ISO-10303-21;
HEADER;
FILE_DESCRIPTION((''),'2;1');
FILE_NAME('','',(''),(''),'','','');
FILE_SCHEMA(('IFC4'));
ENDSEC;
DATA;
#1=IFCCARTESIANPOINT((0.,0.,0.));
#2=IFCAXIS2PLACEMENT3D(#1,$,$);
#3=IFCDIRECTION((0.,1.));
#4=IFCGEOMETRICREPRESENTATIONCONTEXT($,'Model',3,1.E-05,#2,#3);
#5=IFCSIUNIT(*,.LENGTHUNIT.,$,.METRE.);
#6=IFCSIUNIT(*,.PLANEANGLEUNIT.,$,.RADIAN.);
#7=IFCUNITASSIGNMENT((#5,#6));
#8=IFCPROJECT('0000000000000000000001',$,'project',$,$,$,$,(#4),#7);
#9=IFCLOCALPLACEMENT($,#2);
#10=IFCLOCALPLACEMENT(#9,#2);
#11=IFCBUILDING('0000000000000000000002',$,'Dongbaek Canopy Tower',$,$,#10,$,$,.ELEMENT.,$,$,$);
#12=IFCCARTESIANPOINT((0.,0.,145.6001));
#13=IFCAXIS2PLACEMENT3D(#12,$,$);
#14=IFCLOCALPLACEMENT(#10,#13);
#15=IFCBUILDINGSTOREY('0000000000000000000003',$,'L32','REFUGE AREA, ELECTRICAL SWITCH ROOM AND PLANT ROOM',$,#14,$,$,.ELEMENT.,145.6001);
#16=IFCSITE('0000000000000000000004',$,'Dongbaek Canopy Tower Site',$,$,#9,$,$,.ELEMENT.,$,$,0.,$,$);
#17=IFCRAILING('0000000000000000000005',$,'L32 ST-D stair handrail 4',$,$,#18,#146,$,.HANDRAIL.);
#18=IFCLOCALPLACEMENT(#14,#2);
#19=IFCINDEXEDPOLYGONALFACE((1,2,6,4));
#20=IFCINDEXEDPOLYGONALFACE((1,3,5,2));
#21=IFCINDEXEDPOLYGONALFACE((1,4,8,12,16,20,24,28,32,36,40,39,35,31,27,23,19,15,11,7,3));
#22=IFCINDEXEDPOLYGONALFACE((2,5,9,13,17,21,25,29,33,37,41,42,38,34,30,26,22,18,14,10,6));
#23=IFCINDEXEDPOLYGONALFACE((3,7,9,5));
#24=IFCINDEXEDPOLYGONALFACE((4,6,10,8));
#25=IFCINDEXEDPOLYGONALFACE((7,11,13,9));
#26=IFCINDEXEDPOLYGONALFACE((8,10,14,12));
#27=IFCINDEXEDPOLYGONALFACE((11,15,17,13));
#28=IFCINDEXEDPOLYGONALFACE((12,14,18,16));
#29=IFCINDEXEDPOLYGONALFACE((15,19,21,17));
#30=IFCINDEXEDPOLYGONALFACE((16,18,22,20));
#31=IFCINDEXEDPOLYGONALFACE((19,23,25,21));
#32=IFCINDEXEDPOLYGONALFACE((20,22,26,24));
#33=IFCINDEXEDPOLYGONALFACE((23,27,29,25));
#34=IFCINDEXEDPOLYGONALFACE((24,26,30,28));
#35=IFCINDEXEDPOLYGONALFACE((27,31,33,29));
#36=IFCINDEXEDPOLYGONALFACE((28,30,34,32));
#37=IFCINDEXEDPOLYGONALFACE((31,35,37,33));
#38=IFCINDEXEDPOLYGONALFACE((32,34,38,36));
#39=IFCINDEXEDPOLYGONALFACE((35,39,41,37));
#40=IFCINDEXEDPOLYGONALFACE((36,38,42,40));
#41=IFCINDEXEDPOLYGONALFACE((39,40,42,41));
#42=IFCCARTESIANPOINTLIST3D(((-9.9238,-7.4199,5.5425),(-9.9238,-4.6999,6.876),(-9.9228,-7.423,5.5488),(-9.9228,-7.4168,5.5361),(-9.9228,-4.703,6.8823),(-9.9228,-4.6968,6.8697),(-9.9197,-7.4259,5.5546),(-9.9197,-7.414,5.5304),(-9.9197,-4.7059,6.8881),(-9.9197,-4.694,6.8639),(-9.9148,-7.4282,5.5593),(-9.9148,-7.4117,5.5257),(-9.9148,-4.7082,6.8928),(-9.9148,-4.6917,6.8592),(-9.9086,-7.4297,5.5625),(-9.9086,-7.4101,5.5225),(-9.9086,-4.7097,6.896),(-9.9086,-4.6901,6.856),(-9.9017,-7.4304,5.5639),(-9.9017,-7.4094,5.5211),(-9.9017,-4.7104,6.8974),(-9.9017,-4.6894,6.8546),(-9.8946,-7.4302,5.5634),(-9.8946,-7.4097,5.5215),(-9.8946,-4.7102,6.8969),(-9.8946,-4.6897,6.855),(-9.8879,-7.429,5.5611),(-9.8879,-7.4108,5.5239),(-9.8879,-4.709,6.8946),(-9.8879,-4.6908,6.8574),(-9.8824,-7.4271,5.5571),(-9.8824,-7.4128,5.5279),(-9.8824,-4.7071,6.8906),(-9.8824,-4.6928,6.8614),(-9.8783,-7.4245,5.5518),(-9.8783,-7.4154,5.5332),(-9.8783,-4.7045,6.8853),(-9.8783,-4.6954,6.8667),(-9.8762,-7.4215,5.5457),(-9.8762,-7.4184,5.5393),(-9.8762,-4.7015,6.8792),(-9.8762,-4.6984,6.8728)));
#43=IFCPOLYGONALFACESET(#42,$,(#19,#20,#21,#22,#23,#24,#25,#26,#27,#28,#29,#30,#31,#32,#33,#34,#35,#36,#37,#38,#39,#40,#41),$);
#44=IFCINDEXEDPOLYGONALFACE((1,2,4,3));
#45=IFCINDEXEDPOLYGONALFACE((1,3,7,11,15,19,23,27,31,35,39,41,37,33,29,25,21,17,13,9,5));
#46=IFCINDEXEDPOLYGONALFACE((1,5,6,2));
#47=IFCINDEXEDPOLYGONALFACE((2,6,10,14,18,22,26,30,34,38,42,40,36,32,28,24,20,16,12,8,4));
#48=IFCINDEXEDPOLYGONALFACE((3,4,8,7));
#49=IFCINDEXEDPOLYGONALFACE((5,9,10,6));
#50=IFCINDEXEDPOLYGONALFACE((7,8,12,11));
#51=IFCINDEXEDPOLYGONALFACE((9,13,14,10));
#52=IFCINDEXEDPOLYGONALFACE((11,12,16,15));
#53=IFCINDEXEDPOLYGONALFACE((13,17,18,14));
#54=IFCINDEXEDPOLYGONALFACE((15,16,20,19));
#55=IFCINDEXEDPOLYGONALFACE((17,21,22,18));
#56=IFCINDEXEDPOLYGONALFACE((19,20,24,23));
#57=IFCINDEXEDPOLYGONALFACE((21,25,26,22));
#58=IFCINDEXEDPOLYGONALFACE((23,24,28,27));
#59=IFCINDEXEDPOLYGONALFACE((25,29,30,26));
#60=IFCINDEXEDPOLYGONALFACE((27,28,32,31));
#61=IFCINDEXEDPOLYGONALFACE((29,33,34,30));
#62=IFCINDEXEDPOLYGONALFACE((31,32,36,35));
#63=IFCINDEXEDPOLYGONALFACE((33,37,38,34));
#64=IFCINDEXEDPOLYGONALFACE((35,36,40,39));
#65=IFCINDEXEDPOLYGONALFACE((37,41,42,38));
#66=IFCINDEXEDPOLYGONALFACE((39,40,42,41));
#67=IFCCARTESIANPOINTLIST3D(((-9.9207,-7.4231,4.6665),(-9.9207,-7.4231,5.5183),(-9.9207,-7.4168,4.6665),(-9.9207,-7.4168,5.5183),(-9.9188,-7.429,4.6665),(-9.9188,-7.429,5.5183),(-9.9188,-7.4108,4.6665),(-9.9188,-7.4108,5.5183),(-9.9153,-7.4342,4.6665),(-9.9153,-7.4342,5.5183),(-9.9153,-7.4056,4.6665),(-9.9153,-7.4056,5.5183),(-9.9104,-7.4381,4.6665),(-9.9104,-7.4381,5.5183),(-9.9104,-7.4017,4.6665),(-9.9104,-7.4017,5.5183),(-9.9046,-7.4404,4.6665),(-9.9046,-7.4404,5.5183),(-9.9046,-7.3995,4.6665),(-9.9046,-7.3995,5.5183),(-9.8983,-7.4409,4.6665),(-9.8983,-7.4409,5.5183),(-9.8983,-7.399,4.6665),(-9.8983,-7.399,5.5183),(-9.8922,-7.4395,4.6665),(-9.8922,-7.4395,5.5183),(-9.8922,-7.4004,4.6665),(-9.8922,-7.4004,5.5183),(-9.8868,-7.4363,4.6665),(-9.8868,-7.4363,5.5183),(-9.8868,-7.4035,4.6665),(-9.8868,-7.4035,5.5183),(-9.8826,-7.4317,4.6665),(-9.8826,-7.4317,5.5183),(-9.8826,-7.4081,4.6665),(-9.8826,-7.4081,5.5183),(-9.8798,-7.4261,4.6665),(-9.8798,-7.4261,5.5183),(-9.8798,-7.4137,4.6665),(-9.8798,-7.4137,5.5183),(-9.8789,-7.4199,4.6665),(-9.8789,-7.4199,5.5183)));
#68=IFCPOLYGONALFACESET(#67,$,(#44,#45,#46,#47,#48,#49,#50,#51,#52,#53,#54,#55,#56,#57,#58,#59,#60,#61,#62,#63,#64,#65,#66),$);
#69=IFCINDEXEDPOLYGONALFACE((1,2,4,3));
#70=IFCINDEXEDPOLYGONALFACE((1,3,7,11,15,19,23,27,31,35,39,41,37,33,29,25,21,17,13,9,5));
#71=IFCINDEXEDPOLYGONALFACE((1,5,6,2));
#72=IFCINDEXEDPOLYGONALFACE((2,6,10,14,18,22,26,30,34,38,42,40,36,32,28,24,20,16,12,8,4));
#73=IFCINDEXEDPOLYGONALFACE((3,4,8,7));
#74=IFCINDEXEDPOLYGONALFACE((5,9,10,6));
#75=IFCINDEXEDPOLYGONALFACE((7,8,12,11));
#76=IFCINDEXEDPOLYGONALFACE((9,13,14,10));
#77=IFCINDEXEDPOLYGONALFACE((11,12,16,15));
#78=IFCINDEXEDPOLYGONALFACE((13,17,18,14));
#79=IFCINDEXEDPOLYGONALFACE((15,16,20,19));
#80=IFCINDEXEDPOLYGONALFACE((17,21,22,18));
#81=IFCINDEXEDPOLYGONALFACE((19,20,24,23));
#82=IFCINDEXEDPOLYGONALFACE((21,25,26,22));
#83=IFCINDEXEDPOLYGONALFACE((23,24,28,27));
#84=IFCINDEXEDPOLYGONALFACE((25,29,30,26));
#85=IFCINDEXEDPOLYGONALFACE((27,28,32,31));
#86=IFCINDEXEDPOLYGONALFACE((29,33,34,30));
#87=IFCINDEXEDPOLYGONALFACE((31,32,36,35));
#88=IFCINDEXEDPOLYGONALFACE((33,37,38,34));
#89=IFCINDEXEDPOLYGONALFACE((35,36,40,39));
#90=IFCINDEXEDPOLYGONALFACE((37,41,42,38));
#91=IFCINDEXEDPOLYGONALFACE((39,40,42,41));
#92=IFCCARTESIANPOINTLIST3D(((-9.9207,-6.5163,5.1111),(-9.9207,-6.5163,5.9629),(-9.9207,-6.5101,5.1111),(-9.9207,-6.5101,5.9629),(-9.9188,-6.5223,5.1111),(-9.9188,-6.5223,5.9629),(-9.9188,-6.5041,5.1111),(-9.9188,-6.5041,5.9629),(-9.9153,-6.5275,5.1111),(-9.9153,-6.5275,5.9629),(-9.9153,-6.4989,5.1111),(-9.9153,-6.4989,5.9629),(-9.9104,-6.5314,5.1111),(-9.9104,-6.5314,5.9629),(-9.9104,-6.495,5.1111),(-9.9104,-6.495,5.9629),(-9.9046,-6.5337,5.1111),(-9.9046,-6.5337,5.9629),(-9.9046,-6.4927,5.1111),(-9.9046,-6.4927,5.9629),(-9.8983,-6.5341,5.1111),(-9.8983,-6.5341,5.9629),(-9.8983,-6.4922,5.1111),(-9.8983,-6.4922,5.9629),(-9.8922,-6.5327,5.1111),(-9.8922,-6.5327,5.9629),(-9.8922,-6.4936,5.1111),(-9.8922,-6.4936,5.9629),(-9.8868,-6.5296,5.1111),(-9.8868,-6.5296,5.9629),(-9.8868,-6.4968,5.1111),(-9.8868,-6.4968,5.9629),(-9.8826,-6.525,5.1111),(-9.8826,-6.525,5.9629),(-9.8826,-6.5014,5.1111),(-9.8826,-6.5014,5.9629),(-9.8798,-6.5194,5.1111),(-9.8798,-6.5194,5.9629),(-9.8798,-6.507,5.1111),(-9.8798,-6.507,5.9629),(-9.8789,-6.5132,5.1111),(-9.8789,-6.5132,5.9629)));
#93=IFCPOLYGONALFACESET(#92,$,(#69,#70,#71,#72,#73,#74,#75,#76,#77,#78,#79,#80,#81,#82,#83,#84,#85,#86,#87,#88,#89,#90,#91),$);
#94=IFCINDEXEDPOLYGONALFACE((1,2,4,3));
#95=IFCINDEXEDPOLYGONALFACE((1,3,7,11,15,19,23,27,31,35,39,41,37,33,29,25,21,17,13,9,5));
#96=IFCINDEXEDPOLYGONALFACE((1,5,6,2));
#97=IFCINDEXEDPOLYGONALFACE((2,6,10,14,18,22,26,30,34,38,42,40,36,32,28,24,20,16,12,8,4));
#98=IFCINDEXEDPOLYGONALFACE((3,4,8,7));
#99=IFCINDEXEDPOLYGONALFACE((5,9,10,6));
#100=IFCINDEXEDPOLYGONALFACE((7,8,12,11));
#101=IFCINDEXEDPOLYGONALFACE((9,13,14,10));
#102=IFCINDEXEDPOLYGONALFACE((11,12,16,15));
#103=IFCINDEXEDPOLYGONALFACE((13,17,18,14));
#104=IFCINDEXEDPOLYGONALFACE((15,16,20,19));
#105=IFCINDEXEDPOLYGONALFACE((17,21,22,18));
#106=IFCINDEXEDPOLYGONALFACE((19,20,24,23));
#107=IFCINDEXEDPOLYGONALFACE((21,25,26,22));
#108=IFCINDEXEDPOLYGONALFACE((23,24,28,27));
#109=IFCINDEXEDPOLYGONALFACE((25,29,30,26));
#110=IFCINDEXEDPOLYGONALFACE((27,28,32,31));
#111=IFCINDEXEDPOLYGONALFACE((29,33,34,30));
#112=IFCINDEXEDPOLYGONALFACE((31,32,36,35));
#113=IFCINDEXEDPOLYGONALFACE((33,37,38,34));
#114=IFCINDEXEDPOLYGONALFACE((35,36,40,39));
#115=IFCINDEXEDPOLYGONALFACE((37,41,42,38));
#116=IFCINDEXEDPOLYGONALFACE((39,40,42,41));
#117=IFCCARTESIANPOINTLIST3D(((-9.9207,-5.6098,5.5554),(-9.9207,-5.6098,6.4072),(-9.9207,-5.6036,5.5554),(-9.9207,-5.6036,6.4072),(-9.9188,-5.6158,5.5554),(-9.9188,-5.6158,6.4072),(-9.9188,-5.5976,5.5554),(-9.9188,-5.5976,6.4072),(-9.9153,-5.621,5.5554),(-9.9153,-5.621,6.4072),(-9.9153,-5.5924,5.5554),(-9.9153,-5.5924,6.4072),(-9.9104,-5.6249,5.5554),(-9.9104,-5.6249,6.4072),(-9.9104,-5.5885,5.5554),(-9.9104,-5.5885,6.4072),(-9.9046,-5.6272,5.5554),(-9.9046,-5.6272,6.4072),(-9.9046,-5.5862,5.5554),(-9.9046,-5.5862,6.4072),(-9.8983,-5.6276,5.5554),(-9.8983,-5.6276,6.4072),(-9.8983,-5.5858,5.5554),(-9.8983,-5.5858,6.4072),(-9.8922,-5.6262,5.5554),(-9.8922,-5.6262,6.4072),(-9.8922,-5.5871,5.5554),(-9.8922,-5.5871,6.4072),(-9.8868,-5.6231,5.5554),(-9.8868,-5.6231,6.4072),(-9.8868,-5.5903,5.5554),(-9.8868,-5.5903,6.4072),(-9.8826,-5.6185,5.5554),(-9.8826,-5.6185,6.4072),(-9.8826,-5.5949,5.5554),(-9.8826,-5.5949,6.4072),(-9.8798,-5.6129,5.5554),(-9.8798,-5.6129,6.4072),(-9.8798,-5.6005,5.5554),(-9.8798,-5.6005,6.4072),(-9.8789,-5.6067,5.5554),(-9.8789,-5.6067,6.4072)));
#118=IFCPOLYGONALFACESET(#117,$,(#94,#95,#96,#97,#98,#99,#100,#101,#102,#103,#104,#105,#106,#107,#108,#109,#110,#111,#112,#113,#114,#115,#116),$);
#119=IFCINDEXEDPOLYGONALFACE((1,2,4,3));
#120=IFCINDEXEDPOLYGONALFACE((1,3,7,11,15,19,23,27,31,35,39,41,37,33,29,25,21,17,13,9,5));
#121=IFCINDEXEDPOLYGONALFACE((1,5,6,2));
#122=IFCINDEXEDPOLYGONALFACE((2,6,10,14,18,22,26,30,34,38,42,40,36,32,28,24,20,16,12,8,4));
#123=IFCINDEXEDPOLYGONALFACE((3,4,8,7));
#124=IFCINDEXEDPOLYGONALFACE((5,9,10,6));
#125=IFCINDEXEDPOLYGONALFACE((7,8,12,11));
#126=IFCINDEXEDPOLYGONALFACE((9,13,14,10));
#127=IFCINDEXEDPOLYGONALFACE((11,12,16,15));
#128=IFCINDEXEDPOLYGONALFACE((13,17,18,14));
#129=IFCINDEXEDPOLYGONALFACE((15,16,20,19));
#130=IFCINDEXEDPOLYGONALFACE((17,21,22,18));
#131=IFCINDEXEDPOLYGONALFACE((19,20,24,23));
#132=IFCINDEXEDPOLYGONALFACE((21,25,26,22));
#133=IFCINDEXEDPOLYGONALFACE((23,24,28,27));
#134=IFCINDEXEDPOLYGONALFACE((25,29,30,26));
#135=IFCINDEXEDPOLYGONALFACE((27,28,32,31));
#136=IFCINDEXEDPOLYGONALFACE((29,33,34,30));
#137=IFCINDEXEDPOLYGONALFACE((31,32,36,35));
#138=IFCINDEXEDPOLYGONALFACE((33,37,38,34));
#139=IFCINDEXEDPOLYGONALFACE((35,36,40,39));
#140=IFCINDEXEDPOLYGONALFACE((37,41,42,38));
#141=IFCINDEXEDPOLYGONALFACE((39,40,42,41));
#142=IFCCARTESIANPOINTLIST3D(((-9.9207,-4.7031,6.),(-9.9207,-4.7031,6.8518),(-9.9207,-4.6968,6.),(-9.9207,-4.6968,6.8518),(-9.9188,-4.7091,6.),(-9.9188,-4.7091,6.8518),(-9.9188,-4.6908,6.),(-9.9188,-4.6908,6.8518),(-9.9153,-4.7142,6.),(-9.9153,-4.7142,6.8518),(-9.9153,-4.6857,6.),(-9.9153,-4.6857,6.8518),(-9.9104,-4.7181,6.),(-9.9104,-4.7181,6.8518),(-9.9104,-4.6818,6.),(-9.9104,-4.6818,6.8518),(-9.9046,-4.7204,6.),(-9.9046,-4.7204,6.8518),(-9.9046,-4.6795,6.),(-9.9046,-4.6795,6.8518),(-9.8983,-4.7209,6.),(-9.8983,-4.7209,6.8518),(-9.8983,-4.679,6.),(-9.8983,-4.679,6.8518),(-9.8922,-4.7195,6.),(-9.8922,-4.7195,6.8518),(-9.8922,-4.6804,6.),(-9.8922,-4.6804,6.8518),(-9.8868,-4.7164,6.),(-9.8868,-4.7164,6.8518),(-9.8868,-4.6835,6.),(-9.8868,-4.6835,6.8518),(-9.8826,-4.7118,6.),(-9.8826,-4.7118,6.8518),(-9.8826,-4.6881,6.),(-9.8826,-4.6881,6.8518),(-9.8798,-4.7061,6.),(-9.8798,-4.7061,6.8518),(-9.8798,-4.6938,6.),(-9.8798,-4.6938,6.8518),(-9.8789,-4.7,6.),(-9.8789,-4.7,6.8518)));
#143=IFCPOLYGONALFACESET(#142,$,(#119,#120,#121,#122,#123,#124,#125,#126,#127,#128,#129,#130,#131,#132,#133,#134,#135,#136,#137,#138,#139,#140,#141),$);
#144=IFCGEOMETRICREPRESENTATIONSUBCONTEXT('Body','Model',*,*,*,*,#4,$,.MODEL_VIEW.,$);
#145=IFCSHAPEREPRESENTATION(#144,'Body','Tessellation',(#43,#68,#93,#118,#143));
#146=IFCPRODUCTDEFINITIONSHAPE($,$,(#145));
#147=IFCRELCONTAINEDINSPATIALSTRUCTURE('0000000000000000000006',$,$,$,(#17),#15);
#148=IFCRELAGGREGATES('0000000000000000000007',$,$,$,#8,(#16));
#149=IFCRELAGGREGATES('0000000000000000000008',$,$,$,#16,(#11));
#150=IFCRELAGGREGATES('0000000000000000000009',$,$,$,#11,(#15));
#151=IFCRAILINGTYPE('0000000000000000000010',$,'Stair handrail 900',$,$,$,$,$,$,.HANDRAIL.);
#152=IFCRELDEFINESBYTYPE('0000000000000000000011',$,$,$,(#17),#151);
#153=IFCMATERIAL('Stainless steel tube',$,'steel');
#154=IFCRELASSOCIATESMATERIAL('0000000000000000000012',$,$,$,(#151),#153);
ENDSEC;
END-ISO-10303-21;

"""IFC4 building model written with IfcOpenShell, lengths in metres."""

from ifc_helpers import new_model, si_unit, direction, frame, origin, origin_2d, place, context, subcontext, project, spatial, circle, extrude, material, type_object, element, save


model = new_model("IFC4")

# Units and contexts
model_context = context("Model", 3, precision=1e-05, world=origin(), true_north=direction((0.0, 1.0)))
body_context = subcontext(model_context, "Body", "Model", "MODEL_VIEW")
ifc_project = project(units=[si_unit("LENGTHUNIT", "METRE"), si_unit("PLANEANGLEUNIT", "RADIAN")], contexts=[model_context])

# Site, building, storey
site_placement = place(None, origin())
site = spatial("IfcSite", under=ifc_project, at=site_placement, Name="Dongbaek Canopy Tower Site", CompositionType="ELEMENT", RefElevation=0.0)
building_placement = place(site_placement, origin())
building = spatial("IfcBuilding", under=site, at=building_placement, Name="Dongbaek Canopy Tower", CompositionType="ELEMENT")
storey_placement = place(building_placement, frame((0.0, 0.0, 145.6001)))
storey = spatial("IfcBuildingStorey", under=building, at=storey_placement, Name="L32", Description="REFUGE AREA, ELECTRICAL SWITCH ROOM AND PLANT ROOM", CompositionType="ELEMENT", Elevation=145.6001)

# Railing
ifc_material_1 = material(Name="Stainless steel tube", Category="steel")
railing_type_1 = type_object("IfcRailingType", Name="Stair handrail 900", PredefinedType="HANDRAIL", material=ifc_material_1)
railing_1_placement = place(storey_placement, frame((-9.8999, -7.4199, 4.6665)))
element("IfcRailing", 1, at=railing_1_placement, inside=storey, type_object=railing_type_1, Name="L32 ST-D stair handrail 4", PredefinedType="HANDRAIL", context=body_context, shape_type="SweptSolid", body=[
    extrude(circle(Radius=0.0239, at=origin_2d()), frame((0.0, 0.0, 0.876), z_axis=(0.0, 0.897898, 0.440204), x_axis=(-1.0, 0.0, 0.0)), (0.0, 0.0, 1.0), 3.0293),
    extrude(circle(Radius=0.021, at=origin_2d()), origin(), (0.0, 0.0, 1.0), 0.8518),
    extrude(circle(Radius=0.021, at=origin_2d()), frame((0.0, 0.9067, 0.4446)), (0.0, 0.0, 1.0), 0.8518),
    extrude(circle(Radius=0.021, at=origin_2d()), frame((0.0, 1.8132, 0.8889)), (0.0, 0.0, 1.0), 0.8518),
    extrude(circle(Radius=0.021, at=origin_2d()), frame((0.0, 2.72, 1.3335)), (0.0, 0.0, 1.0), 0.8518),
])

save(model, "model.ifc")
